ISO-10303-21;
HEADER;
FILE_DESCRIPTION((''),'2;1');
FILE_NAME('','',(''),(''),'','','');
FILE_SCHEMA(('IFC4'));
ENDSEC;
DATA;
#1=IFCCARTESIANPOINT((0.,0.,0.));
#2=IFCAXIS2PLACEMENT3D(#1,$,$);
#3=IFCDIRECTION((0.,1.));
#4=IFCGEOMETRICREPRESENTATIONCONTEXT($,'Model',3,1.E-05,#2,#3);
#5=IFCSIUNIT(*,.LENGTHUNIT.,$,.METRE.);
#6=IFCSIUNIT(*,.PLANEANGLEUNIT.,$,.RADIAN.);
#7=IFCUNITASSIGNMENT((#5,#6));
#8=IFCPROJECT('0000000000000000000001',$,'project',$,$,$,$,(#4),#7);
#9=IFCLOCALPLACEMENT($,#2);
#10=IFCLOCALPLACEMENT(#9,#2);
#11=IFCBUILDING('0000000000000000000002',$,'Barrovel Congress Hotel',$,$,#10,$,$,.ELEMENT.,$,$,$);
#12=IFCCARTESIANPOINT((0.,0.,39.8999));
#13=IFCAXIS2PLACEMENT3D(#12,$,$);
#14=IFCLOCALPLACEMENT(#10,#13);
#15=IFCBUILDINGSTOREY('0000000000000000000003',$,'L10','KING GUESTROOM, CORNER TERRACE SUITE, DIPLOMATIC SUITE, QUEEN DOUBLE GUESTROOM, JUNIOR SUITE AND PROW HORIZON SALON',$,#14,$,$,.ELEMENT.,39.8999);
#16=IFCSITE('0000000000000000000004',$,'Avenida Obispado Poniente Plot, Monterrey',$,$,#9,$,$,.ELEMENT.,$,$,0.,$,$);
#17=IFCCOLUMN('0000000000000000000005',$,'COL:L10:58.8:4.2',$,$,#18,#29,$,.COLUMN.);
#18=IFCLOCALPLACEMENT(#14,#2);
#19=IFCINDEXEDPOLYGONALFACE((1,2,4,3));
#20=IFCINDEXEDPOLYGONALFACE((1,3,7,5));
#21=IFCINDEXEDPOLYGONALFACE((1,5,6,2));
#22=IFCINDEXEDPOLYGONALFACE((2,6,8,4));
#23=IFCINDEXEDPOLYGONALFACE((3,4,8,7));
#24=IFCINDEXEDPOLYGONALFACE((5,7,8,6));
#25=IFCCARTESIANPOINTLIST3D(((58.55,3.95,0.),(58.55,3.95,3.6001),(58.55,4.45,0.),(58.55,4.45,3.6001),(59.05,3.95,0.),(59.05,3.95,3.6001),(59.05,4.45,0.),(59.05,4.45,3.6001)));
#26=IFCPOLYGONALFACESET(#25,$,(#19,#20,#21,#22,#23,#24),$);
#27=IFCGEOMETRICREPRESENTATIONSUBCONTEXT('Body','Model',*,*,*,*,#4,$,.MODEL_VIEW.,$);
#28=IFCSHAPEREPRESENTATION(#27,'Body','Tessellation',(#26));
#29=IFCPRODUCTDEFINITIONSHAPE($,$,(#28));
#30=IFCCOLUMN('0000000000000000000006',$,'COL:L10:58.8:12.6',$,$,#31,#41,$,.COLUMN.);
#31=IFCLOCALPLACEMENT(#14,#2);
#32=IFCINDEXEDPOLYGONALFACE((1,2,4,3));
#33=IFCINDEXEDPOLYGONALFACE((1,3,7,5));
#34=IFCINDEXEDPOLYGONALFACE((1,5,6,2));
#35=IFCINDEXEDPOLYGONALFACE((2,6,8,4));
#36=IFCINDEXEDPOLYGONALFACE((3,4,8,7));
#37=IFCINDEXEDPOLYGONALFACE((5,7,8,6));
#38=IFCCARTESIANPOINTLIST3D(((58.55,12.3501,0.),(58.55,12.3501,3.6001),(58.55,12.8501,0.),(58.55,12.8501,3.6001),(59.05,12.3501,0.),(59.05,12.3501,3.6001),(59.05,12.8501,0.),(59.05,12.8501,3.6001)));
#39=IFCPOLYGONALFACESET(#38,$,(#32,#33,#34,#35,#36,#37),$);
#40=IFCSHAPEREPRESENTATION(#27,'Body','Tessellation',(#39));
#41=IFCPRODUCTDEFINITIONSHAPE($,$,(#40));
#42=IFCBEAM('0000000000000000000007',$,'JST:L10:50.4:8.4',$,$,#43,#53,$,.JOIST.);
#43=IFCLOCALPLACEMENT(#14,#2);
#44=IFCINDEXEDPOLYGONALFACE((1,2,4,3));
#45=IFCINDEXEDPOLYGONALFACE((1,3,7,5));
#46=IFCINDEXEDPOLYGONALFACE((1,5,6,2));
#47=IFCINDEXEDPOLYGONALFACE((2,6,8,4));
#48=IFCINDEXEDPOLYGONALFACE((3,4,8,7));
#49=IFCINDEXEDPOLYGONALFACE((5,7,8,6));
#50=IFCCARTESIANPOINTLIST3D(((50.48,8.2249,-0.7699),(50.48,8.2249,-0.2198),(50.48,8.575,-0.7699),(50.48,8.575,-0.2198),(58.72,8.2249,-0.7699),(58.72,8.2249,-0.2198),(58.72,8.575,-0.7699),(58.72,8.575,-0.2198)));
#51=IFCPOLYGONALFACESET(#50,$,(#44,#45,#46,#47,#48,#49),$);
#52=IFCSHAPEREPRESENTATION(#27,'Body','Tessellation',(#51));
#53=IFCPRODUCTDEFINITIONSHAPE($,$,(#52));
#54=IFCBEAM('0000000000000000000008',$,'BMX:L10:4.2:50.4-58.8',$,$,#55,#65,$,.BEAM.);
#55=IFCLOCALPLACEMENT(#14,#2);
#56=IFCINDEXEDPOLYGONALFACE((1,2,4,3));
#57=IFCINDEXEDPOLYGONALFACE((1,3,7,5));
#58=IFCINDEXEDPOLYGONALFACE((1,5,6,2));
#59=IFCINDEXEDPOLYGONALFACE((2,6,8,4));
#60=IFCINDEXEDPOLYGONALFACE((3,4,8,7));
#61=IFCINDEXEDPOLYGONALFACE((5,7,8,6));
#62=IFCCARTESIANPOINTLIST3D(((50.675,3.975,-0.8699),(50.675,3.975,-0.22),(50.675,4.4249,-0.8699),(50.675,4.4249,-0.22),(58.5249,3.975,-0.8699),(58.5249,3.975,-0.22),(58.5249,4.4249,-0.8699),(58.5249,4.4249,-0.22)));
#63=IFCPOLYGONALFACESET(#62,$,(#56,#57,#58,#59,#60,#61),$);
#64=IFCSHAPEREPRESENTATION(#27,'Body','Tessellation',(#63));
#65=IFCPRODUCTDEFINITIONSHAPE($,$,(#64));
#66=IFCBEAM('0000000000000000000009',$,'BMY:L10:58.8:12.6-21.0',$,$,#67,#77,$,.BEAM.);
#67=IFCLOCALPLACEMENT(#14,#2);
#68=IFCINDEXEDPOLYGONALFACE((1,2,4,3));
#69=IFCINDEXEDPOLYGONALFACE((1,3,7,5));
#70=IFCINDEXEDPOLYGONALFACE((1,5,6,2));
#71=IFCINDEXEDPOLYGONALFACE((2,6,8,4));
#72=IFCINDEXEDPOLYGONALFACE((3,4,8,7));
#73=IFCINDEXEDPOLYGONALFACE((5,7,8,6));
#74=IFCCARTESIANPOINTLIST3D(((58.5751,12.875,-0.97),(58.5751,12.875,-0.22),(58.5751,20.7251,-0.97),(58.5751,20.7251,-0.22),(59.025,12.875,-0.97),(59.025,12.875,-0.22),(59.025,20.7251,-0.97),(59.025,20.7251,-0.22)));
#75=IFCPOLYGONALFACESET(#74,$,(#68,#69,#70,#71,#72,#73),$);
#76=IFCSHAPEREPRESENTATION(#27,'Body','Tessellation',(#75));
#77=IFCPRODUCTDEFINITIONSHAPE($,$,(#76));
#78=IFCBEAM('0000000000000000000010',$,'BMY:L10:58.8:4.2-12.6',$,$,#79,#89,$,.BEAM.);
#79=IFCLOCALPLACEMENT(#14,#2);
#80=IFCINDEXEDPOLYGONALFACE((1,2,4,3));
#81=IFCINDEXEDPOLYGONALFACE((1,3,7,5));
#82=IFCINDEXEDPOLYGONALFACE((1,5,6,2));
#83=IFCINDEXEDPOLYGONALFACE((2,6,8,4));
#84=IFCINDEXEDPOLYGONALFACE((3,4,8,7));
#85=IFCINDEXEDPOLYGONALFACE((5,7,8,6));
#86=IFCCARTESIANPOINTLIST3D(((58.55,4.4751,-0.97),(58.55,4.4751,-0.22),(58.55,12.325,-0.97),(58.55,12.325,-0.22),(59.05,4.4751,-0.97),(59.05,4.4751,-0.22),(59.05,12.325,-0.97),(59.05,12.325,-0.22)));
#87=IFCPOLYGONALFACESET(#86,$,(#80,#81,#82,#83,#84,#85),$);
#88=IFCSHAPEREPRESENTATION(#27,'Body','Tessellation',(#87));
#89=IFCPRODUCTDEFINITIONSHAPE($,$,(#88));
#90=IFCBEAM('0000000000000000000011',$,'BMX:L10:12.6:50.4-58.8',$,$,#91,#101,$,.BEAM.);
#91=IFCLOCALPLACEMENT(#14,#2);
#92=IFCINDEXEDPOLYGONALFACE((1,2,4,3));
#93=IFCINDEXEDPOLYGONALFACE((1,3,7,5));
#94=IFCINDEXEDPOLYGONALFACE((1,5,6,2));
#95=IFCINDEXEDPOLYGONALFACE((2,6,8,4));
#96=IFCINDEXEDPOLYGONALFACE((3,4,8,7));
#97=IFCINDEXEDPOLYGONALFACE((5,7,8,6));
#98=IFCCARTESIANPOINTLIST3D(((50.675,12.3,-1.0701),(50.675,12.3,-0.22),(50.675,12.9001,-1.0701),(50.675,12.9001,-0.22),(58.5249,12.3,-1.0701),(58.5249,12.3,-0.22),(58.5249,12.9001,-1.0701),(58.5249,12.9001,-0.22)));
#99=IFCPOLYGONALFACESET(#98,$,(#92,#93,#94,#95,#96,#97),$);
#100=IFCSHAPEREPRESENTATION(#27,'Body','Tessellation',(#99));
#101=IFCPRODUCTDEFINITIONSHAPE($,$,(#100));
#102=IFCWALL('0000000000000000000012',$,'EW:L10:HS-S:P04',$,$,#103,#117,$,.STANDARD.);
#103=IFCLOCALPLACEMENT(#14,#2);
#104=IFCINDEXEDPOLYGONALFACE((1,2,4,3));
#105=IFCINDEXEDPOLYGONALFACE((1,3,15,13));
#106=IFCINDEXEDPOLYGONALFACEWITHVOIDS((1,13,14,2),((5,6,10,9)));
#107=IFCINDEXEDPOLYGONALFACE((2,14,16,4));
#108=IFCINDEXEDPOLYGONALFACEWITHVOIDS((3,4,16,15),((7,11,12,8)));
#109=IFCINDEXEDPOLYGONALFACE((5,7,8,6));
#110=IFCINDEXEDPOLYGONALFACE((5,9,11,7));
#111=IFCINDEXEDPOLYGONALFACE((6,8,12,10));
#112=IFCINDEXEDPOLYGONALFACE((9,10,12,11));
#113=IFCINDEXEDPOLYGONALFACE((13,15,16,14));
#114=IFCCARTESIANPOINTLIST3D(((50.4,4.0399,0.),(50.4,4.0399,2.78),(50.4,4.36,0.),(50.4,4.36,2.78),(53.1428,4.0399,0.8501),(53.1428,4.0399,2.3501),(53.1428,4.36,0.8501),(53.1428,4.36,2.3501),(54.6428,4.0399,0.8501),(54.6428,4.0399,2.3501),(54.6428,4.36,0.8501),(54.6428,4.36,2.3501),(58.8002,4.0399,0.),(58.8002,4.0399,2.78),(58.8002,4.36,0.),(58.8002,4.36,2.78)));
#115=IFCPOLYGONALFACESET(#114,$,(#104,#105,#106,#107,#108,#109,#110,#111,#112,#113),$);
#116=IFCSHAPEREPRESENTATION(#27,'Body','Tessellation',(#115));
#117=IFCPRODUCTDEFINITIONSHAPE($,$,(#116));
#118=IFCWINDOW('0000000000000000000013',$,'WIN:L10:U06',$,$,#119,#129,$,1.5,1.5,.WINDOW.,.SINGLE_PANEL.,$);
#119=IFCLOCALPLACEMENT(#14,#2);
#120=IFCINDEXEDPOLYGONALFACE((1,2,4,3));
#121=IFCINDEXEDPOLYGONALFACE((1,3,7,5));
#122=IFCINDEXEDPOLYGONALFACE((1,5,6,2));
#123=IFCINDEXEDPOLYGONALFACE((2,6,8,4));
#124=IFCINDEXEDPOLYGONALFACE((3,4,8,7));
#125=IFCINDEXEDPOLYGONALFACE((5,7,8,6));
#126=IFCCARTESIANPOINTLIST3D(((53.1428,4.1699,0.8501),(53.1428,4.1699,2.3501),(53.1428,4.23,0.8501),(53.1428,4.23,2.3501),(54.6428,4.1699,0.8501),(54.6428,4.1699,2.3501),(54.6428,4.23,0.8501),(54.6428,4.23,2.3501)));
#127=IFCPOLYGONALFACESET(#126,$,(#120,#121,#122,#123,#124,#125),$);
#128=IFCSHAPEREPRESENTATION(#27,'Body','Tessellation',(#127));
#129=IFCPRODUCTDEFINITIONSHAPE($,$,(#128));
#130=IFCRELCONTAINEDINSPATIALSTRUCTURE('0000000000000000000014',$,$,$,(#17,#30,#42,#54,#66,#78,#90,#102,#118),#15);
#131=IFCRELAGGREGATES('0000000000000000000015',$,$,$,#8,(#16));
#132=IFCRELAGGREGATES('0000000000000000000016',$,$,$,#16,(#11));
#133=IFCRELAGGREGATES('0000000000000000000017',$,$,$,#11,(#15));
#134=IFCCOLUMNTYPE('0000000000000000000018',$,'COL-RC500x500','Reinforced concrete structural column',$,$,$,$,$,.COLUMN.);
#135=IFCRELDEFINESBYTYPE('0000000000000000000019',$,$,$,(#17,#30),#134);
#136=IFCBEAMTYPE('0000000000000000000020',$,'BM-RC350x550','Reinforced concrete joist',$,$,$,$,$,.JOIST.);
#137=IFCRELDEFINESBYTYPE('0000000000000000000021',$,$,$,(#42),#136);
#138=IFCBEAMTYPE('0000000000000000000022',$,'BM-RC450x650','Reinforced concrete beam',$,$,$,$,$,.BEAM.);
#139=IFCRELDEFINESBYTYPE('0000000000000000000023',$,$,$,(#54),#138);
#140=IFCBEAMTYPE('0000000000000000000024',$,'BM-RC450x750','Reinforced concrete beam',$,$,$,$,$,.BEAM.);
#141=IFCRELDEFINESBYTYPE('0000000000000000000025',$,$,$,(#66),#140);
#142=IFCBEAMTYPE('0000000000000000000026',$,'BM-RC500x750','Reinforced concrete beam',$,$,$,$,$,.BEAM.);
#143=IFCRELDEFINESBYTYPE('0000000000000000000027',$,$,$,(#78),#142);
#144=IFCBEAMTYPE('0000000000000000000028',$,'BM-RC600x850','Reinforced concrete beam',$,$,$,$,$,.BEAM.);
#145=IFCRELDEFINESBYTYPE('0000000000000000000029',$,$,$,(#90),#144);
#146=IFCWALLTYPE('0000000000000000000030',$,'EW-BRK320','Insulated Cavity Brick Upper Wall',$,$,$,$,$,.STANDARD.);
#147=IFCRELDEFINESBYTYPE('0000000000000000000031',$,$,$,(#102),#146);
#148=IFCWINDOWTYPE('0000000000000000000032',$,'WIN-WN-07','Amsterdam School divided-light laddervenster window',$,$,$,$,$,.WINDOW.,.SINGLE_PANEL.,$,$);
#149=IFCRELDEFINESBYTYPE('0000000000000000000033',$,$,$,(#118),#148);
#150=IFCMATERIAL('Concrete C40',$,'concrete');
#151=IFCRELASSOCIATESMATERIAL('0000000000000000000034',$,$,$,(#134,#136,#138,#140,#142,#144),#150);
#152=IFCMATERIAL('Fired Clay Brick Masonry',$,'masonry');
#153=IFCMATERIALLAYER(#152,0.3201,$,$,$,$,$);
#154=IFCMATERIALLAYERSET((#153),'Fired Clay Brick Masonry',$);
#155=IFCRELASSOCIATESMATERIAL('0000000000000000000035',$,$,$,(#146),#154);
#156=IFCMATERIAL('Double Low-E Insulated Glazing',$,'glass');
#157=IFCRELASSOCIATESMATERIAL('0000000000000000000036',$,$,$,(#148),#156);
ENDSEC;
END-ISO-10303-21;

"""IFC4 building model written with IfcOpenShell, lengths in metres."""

from ifc_helpers import new_model, si_unit, direction, frame, frame_2d, origin, origin_2d, place, context, subcontext, project, spatial, rectangle, extrude, material, layer, layer_set, material_profile, profile_set, type_object, element, fill, save


model = new_model("IFC4")

# Units and contexts
model_context = context("Model", 3, precision=1e-05, world=origin(), true_north=direction((0.0, 1.0)))
body_context = subcontext(model_context, "Body", "Model", "MODEL_VIEW")
ifc_project = project(units=[si_unit("LENGTHUNIT", "METRE"), si_unit("PLANEANGLEUNIT", "RADIAN")], contexts=[model_context])

# Site, building, storey
site_placement = place(None, origin())
site = spatial("IfcSite", under=ifc_project, at=site_placement, Name="Avenida Obispado Poniente Plot, Monterrey", CompositionType="ELEMENT", RefElevation=0.0)
building_placement = place(site_placement, origin())
building = spatial("IfcBuilding", under=site, at=building_placement, Name="Barrovel Congress Hotel", CompositionType="ELEMENT")
storey_placement = place(building_placement, frame((0.0, 0.0, 39.8999)))
storey = spatial("IfcBuildingStorey", under=building, at=storey_placement, Name="L10", Description="KING GUESTROOM, CORNER TERRACE SUITE, DIPLOMATIC SUITE, QUEEN DOUBLE GUESTROOM, JUNIOR SUITE AND PROW HORIZON SALON", CompositionType="ELEMENT", Elevation=39.8999)

# Columns
ifc_material_1 = material(Name="Concrete C40", Category="concrete")
ifc_material_profile_1 = material_profile(ifc_material_1, rectangle(XDim=0.5, YDim=0.5, at=origin_2d()), Name="RC500x500")
ifc_profile_set_1 = profile_set([ifc_material_profile_1], Name="Concrete C40")
column_type = type_object("IfcColumnType", Name="COL-RC500x500", Description="Reinforced concrete structural column", PredefinedType="COLUMN", material=ifc_profile_set_1)
for number, where, z_axis, x_axis, name in (
    (1, (58.8, 4.2, 0.0), (0.0, 0.0, 1.0), (1.0, 0.0, 0.0), "COL:L10:58.8:4.2"),
    (2, (58.8, 12.6001, 0.0), (0.0, 0.0, 1.0), (1.0, 0.0, 0.0), "COL:L10:58.8:12.6"),
):
    element("IfcColumn", number, at=place(storey_placement, frame(where, z_axis=z_axis, x_axis=x_axis)), inside=storey, type_object=column_type, Name=name, PredefinedType="COLUMN", context=body_context, shape_type="SweptSolid", body=[
        extrude(rectangle(XDim=0.5, YDim=0.5, at=origin_2d()), origin(), (0.0, 0.0, 1.0), 3.6001),
    ])

# Beams
ifc_material_profile_2 = material_profile(ifc_material_1, rectangle(XDim=0.3501, YDim=0.55, at=origin_2d()), Name="RC350x550")
ifc_profile_set_2 = profile_set([ifc_material_profile_2], Name="Concrete C40")
beam_type_1 = type_object("IfcBeamType", Name="BM-RC350x550", Description="Reinforced concrete joist", PredefinedType="JOIST", material=ifc_profile_set_2)
beam_1_placement = place(storey_placement, frame((50.48, 8.3999, -0.4949), z_axis=(1.0, 0.0, 0.0), x_axis=(0.0, 1.0, 0.0)))
element("IfcBeam", 3, at=beam_1_placement, inside=storey, type_object=beam_type_1, Name="JST:L10:50.4:8.4", PredefinedType="JOIST", context=body_context, shape_type="SweptSolid", body=[
    extrude(rectangle(XDim=0.3501, YDim=0.55, at=origin_2d()), origin(), (0.0, 0.0, 1.0), 8.24),
])
ifc_material_profile_3 = material_profile(ifc_material_1, rectangle(XDim=0.45, YDim=0.6499, at=origin_2d()), Name="RC450x650")
ifc_profile_set_3 = profile_set([ifc_material_profile_3], Name="Concrete C40")
beam_type_2 = type_object("IfcBeamType", Name="BM-RC450x650", Description="Reinforced concrete beam", PredefinedType="BEAM", material=ifc_profile_set_3)
beam_2_placement = place(storey_placement, frame((50.675, 4.2, -0.5449), z_axis=(1.0, 0.0, 0.0), x_axis=(0.0, 1.0, 0.0)))
element("IfcBeam", 4, at=beam_2_placement, inside=storey, type_object=beam_type_2, Name="BMX:L10:4.2:50.4-58.8", PredefinedType="BEAM", context=body_context, shape_type="SweptSolid", body=[
    extrude(rectangle(XDim=0.45, YDim=0.6499, at=origin_2d()), origin(), (0.0, 0.0, 1.0), 7.8499),
])
ifc_material_profile_4 = material_profile(ifc_material_1, rectangle(XDim=0.45, YDim=0.75, at=origin_2d()), Name="RC450x750")
ifc_profile_set_4 = profile_set([ifc_material_profile_4], Name="Concrete C40")
beam_type_3 = type_object("IfcBeamType", Name="BM-RC450x750", Description="Reinforced concrete beam", PredefinedType="BEAM", material=ifc_profile_set_4)
beam_3_placement = place(storey_placement, frame((58.8, 12.875, -0.595), z_axis=(0.0, 1.0, 0.0), x_axis=(-1.0, 0.0, 0.0)))
element("IfcBeam", 5, at=beam_3_placement, inside=storey, type_object=beam_type_3, Name="BMY:L10:58.8:12.6-21.0", PredefinedType="BEAM", context=body_context, shape_type="SweptSolid", body=[
    extrude(rectangle(XDim=0.45, YDim=0.75, at=origin_2d()), origin(), (0.0, 0.0, 1.0), 7.8501),
])
ifc_material_profile_5 = material_profile(ifc_material_1, rectangle(XDim=0.5, YDim=0.75, at=origin_2d()), Name="RC500x750")
ifc_profile_set_5 = profile_set([ifc_material_profile_5], Name="Concrete C40")
beam_type_4 = type_object("IfcBeamType", Name="BM-RC500x750", Description="Reinforced concrete beam", PredefinedType="BEAM", material=ifc_profile_set_5)
beam_4_placement = place(storey_placement, frame((58.8, 4.4751, -0.595), z_axis=(0.0, 1.0, 0.0), x_axis=(-1.0, 0.0, 0.0)))
element("IfcBeam", 6, at=beam_4_placement, inside=storey, type_object=beam_type_4, Name="BMY:L10:58.8:4.2-12.6", PredefinedType="BEAM", context=body_context, shape_type="SweptSolid", body=[
    extrude(rectangle(XDim=0.5, YDim=0.75, at=origin_2d()), origin(), (0.0, 0.0, 1.0), 7.8499),
])
ifc_material_profile_6 = material_profile(ifc_material_1, rectangle(XDim=0.6001, YDim=0.8501, at=origin_2d()), Name="RC600x850")
ifc_profile_set_6 = profile_set([ifc_material_profile_6], Name="Concrete C40")
beam_type_5 = type_object("IfcBeamType", Name="BM-RC600x850", Description="Reinforced concrete beam", PredefinedType="BEAM", material=ifc_profile_set_6)
beam_5_placement = place(storey_placement, frame((50.675, 12.6001, -0.645), z_axis=(1.0, 0.0, 0.0), x_axis=(0.0, 1.0, 0.0)))
element("IfcBeam", 7, at=beam_5_placement, inside=storey, type_object=beam_type_5, Name="BMX:L10:12.6:50.4-58.8", PredefinedType="BEAM", context=body_context, shape_type="SweptSolid", body=[
    extrude(rectangle(XDim=0.6001, YDim=0.8501, at=origin_2d()), origin(), (0.0, 0.0, 1.0), 7.8499),
])

# Wall, opening, window
ifc_material_2 = material(Name="Fired Clay Brick Masonry", Category="masonry")
ifc_layer_1 = layer(ifc_material_2, 0.3201)
ifc_layer_set_1 = layer_set([ifc_layer_1], Name="Fired Clay Brick Masonry")
wall_type_1 = type_object("IfcWallType", Name="EW-BRK320", Description="Insulated Cavity Brick Upper Wall", PredefinedType="STANDARD", material=ifc_layer_set_1)
wall_1_placement = place(storey_placement, frame((50.3999, 4.2, 0.0), z_axis=(0.0, 0.0, 1.0), x_axis=(1.0, 0.0, 0.0)))
wall_1 = element("IfcWall", 8, at=wall_1_placement, inside=storey, type_object=wall_type_1, Name="EW:L10:HS-S:P04", PredefinedType="STANDARD", context=body_context, shape_type="SweptSolid", body=[
    extrude(rectangle(XDim=8.4001, YDim=0.3201, at=frame_2d((4.2002, 0.0))), origin(), (0.0, 0.0, 1.0), 2.78),
])
opening_1_placement = place(wall_1_placement, frame((2.7429, 0.0, 0.8501)))
opening_1 = element("IfcOpeningElement", 9, at=opening_1_placement, cuts=wall_1, PredefinedType="OPENING", context=body_context, shape_type="SweptSolid", body=[
    extrude(rectangle(XDim=1.5, YDim=1.5, at=frame_2d((0.75, 0.75))), frame((0.0, 0.1699, 0.0), z_axis=(0.0, -1.0, 0.0), x_axis=(1.0, 0.0, 0.0)), (0.0, 0.0, 1.0), 0.3401),
])
ifc_material_3 = material(Name="Double Low-E Insulated Glazing", Category="glass")
window_type = type_object("IfcWindowType", Name="WIN-WN-07", Description="Amsterdam School divided-light laddervenster window", PartitioningType="SINGLE_PANEL", PredefinedType="WINDOW", material=ifc_material_3)
window_1_placement = place(opening_1_placement, origin())
window_1 = element("IfcWindow", 10, at=window_1_placement, inside=storey, type_object=window_type, Name="WIN:L10:U06", OverallHeight=1.5, OverallWidth=1.5, PartitioningType="SINGLE_PANEL", PredefinedType="WINDOW", context=body_context, shape_type="SweptSolid", body=[
    extrude(rectangle(XDim=1.5, YDim=1.5, at=frame_2d((0.75, 0.75))), frame((0.0, 0.03, 0.0), z_axis=(0.0, -1.0, 0.0), x_axis=(1.0, 0.0, 0.0)), (0.0, 0.0, 1.0), 0.0601),
])
fill(opening_1, window_1)

save(model, "model.ifc")
